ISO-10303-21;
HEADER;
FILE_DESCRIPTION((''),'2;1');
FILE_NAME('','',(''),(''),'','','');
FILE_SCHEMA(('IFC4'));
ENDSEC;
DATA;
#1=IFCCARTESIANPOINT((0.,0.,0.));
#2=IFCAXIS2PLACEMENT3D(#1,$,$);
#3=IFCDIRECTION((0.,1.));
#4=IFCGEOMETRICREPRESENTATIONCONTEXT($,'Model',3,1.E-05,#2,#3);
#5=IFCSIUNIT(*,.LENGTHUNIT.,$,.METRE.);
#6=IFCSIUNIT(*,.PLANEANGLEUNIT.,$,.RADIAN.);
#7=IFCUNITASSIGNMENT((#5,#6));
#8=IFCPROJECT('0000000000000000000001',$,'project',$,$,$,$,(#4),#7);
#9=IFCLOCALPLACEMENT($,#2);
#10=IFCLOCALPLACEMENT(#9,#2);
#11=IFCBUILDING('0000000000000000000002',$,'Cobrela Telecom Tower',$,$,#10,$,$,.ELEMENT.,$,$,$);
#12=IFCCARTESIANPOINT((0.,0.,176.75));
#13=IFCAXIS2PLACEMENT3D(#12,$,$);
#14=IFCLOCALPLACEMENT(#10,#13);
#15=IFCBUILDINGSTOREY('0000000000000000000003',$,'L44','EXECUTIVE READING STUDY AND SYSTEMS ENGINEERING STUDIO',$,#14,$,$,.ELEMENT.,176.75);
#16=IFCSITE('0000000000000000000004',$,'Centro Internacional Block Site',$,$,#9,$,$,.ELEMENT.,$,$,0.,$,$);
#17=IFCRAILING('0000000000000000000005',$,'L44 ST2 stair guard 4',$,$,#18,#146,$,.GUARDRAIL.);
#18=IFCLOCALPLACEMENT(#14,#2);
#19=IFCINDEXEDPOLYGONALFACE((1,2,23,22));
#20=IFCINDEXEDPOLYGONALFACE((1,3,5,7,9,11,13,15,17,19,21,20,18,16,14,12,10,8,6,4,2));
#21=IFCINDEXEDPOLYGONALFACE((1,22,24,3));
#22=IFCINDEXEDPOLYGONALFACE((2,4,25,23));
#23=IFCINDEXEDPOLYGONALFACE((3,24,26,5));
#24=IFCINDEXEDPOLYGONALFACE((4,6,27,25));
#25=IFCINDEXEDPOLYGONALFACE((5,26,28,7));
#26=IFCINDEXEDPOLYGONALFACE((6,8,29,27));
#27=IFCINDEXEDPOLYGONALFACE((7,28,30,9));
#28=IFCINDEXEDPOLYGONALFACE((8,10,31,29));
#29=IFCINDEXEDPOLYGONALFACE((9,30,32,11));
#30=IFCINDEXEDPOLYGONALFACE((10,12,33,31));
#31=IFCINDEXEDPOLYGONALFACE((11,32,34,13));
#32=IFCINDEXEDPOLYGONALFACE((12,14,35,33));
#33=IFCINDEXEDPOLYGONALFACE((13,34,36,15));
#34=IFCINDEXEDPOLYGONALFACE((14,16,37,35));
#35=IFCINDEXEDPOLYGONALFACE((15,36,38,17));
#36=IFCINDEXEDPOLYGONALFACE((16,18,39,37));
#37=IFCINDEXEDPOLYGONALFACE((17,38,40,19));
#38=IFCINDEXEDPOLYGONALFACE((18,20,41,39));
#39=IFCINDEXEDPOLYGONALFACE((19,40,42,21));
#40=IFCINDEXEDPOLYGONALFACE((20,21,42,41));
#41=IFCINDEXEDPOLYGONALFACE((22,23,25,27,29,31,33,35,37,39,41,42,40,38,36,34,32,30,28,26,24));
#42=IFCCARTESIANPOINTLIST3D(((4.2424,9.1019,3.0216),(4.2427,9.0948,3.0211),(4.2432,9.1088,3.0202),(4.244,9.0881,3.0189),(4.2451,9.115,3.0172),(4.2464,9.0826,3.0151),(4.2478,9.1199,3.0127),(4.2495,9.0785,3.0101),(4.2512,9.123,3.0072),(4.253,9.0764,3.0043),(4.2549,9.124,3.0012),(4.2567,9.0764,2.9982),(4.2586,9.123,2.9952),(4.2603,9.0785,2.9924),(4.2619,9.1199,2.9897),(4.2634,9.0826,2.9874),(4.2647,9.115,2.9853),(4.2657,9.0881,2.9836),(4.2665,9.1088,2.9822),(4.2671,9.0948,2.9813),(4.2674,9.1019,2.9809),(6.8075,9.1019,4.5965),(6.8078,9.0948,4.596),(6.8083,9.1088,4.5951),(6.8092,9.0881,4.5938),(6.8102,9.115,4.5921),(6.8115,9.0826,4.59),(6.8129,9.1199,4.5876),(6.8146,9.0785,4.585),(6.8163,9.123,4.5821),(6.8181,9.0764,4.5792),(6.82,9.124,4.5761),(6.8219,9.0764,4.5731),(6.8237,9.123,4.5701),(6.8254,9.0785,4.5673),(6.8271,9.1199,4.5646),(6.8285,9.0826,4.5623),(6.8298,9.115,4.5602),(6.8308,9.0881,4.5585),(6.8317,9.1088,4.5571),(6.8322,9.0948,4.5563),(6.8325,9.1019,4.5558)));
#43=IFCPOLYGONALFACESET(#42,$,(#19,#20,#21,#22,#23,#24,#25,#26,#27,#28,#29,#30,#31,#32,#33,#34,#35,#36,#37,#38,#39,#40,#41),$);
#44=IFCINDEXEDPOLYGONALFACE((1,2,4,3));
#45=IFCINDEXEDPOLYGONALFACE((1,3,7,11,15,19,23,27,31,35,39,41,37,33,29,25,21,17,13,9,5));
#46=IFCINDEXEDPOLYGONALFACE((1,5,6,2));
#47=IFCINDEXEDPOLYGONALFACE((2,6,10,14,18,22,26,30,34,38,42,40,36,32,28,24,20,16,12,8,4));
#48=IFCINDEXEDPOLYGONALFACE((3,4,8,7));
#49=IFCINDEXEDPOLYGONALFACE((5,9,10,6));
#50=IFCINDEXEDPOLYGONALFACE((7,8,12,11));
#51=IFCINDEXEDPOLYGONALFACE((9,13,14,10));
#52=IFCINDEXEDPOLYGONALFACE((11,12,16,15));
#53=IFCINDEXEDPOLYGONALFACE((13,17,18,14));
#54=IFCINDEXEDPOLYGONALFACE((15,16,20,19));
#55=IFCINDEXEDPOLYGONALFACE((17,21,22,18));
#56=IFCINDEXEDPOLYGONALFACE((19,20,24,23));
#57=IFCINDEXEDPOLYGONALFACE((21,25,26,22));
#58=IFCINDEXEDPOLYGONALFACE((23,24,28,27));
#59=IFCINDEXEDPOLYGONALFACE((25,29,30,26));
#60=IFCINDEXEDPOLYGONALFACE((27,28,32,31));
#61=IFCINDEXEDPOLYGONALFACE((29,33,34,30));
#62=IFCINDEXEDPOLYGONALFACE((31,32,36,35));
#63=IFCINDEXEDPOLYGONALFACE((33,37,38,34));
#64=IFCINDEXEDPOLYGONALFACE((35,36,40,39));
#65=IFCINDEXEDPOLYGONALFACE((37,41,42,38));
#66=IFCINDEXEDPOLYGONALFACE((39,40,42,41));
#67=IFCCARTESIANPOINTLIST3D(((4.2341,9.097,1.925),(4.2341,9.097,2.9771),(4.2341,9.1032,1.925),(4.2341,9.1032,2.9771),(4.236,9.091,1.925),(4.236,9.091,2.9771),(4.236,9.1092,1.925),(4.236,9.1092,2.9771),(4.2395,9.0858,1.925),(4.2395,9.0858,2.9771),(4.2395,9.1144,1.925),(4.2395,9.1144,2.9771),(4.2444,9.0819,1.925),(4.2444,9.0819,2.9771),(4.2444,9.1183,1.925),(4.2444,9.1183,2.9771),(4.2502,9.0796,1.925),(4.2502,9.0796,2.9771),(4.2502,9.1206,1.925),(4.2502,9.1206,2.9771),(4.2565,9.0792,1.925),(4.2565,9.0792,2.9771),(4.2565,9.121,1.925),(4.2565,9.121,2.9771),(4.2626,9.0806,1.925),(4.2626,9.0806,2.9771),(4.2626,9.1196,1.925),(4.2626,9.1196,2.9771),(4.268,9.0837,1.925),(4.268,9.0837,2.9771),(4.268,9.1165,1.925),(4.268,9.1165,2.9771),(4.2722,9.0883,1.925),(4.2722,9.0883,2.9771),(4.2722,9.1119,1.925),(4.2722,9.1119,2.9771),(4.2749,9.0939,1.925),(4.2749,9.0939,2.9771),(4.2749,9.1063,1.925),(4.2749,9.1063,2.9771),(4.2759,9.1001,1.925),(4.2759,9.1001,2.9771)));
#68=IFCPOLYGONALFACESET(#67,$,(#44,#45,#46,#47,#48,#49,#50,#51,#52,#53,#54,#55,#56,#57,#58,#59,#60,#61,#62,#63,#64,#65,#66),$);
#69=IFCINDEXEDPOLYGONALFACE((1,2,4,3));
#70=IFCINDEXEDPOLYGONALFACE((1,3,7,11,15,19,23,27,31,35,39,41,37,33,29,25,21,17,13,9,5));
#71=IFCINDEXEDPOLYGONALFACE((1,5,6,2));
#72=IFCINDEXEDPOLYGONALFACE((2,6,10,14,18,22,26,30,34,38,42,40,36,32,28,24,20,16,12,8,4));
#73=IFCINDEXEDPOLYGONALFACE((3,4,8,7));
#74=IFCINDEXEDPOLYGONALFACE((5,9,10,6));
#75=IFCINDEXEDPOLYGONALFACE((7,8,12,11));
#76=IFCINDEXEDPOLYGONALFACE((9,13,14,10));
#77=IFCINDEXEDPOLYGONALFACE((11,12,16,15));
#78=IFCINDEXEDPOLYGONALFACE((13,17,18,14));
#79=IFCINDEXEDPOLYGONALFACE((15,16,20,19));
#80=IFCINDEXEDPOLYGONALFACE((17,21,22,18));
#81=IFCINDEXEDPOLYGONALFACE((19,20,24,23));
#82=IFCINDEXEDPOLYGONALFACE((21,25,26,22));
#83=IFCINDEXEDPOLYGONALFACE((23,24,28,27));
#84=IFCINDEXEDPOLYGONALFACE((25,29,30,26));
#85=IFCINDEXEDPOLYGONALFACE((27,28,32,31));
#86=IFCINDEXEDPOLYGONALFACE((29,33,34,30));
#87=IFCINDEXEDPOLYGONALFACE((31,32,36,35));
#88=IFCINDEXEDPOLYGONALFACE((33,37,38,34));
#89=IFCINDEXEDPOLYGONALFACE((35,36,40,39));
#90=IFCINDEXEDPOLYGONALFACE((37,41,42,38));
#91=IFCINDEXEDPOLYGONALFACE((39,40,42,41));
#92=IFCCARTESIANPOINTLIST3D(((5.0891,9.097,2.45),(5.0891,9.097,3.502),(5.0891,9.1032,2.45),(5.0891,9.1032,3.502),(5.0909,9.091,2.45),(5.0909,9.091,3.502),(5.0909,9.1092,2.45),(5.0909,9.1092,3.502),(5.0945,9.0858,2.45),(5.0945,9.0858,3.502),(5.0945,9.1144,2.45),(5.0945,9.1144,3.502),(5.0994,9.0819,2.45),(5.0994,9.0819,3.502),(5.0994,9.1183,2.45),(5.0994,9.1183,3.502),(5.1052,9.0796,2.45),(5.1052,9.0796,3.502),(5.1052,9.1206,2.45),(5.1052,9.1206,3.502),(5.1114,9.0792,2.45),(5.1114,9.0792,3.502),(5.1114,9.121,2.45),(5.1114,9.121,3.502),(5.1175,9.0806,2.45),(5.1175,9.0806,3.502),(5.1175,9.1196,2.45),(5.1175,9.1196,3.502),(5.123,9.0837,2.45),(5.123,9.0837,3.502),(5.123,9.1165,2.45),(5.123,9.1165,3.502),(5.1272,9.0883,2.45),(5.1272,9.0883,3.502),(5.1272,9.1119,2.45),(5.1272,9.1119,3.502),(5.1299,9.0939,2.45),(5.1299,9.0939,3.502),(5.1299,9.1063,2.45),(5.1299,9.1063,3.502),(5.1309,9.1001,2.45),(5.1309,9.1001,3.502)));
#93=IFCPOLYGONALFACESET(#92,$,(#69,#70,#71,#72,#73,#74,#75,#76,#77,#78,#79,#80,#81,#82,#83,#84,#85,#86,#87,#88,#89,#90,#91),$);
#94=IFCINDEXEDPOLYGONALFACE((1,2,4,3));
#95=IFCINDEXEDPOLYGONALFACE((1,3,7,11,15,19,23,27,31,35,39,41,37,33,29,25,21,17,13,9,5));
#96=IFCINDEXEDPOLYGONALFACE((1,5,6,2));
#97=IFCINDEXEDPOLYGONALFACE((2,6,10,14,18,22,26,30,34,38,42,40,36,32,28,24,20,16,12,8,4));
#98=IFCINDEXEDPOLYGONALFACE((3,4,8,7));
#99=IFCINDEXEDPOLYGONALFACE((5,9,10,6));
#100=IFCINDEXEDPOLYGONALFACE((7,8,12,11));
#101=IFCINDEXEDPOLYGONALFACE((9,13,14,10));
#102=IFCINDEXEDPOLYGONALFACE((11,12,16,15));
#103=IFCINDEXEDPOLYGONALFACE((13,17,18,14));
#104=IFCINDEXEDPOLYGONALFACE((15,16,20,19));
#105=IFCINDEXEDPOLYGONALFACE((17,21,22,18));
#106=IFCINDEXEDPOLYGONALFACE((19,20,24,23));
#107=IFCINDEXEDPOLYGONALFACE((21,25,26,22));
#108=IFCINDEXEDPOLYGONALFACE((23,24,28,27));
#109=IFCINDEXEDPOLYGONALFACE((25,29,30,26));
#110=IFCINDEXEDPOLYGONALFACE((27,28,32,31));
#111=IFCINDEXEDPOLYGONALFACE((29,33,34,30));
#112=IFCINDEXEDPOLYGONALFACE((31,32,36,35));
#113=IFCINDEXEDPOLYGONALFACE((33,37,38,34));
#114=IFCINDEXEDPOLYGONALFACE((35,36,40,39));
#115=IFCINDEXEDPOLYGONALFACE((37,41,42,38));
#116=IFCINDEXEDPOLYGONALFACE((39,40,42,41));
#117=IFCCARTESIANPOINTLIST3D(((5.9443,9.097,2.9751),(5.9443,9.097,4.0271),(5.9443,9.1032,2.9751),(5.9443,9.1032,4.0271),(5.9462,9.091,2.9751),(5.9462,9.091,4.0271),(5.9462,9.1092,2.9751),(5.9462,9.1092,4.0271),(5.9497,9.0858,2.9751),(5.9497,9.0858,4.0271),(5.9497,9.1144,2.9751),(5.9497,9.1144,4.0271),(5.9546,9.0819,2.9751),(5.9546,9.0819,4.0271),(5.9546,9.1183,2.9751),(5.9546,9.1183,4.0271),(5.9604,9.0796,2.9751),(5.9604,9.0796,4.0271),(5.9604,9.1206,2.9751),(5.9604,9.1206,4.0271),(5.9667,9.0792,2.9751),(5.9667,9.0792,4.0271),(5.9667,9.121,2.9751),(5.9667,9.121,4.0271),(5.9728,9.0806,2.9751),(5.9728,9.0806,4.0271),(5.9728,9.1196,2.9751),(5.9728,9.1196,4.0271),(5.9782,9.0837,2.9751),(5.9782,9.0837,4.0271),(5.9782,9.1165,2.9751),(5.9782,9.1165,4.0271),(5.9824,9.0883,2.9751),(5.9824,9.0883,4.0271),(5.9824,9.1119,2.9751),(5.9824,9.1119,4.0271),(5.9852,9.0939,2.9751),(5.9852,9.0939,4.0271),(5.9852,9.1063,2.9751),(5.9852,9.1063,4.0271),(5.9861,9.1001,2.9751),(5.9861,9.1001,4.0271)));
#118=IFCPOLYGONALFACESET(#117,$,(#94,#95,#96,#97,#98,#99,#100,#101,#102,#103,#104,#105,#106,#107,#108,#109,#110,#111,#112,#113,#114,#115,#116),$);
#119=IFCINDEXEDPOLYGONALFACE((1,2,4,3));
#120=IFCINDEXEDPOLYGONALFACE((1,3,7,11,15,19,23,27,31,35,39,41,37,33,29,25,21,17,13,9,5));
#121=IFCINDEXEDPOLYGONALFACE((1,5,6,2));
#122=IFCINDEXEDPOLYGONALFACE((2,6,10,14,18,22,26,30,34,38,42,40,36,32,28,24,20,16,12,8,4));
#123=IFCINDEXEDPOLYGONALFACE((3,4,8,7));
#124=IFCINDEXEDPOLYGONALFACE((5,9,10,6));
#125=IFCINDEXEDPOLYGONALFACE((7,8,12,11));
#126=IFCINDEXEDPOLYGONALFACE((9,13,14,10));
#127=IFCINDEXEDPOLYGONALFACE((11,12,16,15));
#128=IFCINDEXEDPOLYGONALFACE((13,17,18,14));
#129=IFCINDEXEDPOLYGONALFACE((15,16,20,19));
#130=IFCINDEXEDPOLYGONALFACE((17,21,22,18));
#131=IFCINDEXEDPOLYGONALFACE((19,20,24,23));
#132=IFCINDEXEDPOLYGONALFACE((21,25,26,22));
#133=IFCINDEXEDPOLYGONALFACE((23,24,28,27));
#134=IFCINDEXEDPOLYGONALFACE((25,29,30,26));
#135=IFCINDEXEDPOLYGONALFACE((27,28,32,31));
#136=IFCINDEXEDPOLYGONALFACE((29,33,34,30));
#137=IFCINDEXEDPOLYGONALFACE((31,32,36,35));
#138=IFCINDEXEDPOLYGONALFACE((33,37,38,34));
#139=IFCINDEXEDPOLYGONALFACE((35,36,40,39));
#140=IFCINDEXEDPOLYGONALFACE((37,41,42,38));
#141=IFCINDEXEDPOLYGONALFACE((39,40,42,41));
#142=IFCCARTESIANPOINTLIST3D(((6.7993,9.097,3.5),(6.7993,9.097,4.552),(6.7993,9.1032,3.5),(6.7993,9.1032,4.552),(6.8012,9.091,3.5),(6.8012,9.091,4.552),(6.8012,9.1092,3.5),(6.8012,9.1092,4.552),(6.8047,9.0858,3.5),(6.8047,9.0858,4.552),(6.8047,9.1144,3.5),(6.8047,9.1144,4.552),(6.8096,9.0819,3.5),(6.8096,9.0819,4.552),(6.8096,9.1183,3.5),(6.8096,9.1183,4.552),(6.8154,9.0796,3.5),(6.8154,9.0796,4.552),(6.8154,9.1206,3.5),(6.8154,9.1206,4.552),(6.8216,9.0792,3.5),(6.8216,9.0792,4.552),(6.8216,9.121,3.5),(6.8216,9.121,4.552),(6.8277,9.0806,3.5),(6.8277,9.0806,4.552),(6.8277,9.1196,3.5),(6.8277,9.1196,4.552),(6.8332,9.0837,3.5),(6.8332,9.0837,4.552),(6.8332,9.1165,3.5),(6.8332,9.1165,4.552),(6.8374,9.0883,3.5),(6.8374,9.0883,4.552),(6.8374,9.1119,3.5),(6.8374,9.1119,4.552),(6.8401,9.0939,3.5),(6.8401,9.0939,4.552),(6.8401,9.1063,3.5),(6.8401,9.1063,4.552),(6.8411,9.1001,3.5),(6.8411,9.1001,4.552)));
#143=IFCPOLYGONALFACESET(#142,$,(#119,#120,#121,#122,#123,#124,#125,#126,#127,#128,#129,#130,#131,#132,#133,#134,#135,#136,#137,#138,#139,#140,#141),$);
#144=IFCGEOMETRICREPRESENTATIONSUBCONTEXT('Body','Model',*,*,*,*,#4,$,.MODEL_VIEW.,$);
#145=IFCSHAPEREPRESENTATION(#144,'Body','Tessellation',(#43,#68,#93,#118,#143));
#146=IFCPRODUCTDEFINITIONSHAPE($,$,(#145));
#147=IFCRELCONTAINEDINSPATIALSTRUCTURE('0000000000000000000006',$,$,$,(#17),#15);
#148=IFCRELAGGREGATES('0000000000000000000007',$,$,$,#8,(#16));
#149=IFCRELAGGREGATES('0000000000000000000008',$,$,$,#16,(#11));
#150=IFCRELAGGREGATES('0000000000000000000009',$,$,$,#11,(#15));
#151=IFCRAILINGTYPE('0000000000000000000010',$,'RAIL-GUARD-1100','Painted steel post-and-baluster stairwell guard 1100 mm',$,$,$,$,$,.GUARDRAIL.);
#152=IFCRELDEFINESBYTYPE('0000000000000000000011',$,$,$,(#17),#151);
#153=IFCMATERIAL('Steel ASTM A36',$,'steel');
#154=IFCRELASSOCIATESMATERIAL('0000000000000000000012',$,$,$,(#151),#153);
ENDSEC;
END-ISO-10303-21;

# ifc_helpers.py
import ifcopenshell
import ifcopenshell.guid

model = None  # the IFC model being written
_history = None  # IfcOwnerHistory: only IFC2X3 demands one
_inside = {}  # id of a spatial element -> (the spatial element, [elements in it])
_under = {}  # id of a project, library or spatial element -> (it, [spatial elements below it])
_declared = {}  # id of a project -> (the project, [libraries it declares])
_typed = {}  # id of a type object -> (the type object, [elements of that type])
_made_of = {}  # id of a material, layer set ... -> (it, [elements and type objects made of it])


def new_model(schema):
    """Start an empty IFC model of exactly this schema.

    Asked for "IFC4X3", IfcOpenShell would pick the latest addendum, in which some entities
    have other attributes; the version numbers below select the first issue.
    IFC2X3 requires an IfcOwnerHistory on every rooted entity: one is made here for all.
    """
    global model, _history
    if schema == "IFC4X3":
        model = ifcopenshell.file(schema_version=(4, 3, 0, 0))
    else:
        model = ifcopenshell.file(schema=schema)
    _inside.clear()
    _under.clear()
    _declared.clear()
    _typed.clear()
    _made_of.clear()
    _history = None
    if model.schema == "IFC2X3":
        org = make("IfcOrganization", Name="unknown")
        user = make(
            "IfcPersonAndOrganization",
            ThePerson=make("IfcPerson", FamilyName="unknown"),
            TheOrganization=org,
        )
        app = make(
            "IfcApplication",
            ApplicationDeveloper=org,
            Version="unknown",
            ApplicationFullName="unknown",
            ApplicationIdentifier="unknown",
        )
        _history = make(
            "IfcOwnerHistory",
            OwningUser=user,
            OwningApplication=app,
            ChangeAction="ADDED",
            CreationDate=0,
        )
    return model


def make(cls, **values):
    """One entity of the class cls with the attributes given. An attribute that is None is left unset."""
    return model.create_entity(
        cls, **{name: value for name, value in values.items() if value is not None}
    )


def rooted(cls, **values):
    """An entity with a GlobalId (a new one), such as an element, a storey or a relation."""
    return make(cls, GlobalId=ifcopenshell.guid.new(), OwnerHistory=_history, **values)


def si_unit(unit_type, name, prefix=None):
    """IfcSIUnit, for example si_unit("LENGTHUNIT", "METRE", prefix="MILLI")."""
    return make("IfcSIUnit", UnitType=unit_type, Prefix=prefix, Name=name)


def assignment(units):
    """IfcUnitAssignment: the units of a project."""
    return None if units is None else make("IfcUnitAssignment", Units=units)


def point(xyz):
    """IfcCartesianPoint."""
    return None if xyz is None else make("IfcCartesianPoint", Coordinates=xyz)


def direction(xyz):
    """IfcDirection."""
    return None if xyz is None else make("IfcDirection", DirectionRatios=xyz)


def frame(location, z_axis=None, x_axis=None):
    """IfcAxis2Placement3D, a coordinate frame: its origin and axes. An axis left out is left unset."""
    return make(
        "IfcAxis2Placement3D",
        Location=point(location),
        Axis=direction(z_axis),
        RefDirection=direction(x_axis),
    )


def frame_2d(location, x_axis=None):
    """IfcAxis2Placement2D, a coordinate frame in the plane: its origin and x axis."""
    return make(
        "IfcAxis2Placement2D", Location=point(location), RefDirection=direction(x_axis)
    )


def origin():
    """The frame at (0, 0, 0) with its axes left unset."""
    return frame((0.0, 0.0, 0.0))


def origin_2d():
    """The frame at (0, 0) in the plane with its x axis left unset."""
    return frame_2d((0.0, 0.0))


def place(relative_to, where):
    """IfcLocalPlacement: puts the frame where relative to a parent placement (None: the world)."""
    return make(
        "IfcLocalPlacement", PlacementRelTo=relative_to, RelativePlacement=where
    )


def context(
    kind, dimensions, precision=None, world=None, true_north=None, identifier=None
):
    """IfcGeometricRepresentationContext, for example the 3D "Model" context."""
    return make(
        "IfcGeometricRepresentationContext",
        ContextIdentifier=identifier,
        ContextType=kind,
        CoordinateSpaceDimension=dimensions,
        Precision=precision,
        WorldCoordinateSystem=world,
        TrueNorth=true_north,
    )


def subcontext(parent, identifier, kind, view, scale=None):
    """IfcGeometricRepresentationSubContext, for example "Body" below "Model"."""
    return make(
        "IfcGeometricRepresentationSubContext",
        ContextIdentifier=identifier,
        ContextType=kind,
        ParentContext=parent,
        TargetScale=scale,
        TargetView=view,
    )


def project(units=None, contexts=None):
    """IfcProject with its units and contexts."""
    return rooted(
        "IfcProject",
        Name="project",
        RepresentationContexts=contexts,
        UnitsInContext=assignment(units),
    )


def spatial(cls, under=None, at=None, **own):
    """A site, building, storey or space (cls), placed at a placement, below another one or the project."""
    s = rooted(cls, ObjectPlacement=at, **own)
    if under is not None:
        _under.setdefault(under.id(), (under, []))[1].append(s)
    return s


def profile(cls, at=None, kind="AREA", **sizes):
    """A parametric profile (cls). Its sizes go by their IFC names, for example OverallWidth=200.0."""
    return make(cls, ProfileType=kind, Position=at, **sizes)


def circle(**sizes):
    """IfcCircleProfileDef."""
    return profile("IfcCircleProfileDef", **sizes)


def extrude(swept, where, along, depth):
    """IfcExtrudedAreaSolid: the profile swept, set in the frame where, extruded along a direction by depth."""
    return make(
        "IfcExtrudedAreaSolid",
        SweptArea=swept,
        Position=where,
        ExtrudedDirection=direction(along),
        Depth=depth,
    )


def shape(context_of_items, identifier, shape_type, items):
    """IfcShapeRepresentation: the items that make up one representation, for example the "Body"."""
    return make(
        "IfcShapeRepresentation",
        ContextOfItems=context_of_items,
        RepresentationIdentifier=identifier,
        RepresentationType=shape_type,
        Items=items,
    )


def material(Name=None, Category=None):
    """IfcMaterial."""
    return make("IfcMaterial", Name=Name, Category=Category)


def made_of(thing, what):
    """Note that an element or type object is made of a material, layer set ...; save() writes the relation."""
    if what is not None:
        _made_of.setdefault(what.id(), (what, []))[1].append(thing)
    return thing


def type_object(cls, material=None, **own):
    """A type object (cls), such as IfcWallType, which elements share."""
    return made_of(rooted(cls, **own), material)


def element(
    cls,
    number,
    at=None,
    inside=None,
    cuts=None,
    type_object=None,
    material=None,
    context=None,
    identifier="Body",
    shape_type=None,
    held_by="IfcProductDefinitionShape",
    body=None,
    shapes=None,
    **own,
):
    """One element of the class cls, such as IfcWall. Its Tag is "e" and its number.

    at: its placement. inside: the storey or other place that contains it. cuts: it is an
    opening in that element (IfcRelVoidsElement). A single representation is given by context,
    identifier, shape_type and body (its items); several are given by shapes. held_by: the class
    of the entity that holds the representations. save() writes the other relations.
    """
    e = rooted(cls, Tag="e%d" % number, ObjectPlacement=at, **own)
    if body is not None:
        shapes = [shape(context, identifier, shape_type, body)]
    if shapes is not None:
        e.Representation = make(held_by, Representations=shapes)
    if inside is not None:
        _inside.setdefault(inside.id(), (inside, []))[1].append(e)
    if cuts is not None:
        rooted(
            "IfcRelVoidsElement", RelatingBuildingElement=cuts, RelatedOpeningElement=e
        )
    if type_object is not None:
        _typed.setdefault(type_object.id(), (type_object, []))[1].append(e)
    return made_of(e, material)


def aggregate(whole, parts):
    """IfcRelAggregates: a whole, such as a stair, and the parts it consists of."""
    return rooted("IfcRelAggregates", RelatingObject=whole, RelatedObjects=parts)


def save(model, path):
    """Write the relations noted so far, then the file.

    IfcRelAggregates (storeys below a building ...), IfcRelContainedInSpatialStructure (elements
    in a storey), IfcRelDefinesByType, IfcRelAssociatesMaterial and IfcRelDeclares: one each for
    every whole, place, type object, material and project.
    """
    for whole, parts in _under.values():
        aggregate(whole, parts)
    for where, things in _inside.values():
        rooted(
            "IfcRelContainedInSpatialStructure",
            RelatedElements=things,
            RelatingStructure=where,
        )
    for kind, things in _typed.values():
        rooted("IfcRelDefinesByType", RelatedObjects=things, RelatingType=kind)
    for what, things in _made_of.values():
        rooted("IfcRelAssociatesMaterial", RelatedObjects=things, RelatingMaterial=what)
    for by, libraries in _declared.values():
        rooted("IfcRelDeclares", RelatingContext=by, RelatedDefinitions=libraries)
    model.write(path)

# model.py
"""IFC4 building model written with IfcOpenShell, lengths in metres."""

from ifc_helpers import new_model, si_unit, direction, frame, origin, origin_2d, place, context, subcontext, project, spatial, circle, extrude, material, type_object, element, save


model = new_model("IFC4")

# Units and contexts
model_context = context("Model", 3, precision=1e-05, world=origin(), true_north=direction((0.0, 1.0)))
body_context = subcontext(model_context, "Body", "Model", "MODEL_VIEW")
ifc_project = project(units=[si_unit("LENGTHUNIT", "METRE"), si_unit("PLANEANGLEUNIT", "RADIAN")], contexts=[model_context])

# Site, building, storey
site_placement = place(None, origin())
site = spatial("IfcSite", under=ifc_project, at=site_placement, Name="Centro Internacional Block Site", CompositionType="ELEMENT", RefElevation=0.0)
building_placement = place(site_placement, origin())
building = spatial("IfcBuilding", under=site, at=building_placement, Name="Cobrela Telecom Tower", CompositionType="ELEMENT")
storey_placement = place(building_placement, frame((0.0, 0.0, 176.75)))
storey = spatial("IfcBuildingStorey", under=building, at=storey_placement, Name="L44", Description="EXECUTIVE READING STUDY AND SYSTEMS ENGINEERING STUDIO", CompositionType="ELEMENT", Elevation=176.75)

# Shared definitions
ifc_material_1 = material(Name="Steel ASTM A36", Category="steel")

# Railing
railing_type = type_object("IfcRailingType", Name="RAIL-GUARD-1100", Description="Painted steel post-and-baluster stairwell guard 1100 mm", PredefinedType="GUARDRAIL", material=ifc_material_1)
railing_1_placement = place(storey_placement, frame((4.2549, 9.1001, 1.925)))
element("IfcRailing", 1, at=railing_1_placement, inside=storey, type_object=railing_type, Name="L44 ST2 stair guard 4", PredefinedType="GUARDRAIL", context=body_context, shape_type="SweptSolid", body=[
    extrude(circle(Radius=0.0239, at=origin_2d()), frame((0.0, 0.0, 1.0762), z_axis=(0.852195, 0.0, 0.523224), x_axis=(0.0, 1.0, 0.0)), (0.0, 0.0, 1.0), 3.01),
    extrude(circle(Radius=0.021, at=origin_2d()), origin(), (0.0, 0.0, 1.0), 1.052),
    extrude(circle(Radius=0.021, at=origin_2d()), frame((0.855, 0.0, 0.5249)), (0.0, 0.0, 1.0), 1.052),
    extrude(circle(Radius=0.021, at=origin_2d()), frame((1.7102, 0.0, 1.05)), (0.0, 0.0, 1.0), 1.052),
    extrude(circle(Radius=0.021, at=origin_2d()), frame((2.5652, 0.0, 1.575)), (0.0, 0.0, 1.0), 1.052),
])

save(model, "model.ifc")
